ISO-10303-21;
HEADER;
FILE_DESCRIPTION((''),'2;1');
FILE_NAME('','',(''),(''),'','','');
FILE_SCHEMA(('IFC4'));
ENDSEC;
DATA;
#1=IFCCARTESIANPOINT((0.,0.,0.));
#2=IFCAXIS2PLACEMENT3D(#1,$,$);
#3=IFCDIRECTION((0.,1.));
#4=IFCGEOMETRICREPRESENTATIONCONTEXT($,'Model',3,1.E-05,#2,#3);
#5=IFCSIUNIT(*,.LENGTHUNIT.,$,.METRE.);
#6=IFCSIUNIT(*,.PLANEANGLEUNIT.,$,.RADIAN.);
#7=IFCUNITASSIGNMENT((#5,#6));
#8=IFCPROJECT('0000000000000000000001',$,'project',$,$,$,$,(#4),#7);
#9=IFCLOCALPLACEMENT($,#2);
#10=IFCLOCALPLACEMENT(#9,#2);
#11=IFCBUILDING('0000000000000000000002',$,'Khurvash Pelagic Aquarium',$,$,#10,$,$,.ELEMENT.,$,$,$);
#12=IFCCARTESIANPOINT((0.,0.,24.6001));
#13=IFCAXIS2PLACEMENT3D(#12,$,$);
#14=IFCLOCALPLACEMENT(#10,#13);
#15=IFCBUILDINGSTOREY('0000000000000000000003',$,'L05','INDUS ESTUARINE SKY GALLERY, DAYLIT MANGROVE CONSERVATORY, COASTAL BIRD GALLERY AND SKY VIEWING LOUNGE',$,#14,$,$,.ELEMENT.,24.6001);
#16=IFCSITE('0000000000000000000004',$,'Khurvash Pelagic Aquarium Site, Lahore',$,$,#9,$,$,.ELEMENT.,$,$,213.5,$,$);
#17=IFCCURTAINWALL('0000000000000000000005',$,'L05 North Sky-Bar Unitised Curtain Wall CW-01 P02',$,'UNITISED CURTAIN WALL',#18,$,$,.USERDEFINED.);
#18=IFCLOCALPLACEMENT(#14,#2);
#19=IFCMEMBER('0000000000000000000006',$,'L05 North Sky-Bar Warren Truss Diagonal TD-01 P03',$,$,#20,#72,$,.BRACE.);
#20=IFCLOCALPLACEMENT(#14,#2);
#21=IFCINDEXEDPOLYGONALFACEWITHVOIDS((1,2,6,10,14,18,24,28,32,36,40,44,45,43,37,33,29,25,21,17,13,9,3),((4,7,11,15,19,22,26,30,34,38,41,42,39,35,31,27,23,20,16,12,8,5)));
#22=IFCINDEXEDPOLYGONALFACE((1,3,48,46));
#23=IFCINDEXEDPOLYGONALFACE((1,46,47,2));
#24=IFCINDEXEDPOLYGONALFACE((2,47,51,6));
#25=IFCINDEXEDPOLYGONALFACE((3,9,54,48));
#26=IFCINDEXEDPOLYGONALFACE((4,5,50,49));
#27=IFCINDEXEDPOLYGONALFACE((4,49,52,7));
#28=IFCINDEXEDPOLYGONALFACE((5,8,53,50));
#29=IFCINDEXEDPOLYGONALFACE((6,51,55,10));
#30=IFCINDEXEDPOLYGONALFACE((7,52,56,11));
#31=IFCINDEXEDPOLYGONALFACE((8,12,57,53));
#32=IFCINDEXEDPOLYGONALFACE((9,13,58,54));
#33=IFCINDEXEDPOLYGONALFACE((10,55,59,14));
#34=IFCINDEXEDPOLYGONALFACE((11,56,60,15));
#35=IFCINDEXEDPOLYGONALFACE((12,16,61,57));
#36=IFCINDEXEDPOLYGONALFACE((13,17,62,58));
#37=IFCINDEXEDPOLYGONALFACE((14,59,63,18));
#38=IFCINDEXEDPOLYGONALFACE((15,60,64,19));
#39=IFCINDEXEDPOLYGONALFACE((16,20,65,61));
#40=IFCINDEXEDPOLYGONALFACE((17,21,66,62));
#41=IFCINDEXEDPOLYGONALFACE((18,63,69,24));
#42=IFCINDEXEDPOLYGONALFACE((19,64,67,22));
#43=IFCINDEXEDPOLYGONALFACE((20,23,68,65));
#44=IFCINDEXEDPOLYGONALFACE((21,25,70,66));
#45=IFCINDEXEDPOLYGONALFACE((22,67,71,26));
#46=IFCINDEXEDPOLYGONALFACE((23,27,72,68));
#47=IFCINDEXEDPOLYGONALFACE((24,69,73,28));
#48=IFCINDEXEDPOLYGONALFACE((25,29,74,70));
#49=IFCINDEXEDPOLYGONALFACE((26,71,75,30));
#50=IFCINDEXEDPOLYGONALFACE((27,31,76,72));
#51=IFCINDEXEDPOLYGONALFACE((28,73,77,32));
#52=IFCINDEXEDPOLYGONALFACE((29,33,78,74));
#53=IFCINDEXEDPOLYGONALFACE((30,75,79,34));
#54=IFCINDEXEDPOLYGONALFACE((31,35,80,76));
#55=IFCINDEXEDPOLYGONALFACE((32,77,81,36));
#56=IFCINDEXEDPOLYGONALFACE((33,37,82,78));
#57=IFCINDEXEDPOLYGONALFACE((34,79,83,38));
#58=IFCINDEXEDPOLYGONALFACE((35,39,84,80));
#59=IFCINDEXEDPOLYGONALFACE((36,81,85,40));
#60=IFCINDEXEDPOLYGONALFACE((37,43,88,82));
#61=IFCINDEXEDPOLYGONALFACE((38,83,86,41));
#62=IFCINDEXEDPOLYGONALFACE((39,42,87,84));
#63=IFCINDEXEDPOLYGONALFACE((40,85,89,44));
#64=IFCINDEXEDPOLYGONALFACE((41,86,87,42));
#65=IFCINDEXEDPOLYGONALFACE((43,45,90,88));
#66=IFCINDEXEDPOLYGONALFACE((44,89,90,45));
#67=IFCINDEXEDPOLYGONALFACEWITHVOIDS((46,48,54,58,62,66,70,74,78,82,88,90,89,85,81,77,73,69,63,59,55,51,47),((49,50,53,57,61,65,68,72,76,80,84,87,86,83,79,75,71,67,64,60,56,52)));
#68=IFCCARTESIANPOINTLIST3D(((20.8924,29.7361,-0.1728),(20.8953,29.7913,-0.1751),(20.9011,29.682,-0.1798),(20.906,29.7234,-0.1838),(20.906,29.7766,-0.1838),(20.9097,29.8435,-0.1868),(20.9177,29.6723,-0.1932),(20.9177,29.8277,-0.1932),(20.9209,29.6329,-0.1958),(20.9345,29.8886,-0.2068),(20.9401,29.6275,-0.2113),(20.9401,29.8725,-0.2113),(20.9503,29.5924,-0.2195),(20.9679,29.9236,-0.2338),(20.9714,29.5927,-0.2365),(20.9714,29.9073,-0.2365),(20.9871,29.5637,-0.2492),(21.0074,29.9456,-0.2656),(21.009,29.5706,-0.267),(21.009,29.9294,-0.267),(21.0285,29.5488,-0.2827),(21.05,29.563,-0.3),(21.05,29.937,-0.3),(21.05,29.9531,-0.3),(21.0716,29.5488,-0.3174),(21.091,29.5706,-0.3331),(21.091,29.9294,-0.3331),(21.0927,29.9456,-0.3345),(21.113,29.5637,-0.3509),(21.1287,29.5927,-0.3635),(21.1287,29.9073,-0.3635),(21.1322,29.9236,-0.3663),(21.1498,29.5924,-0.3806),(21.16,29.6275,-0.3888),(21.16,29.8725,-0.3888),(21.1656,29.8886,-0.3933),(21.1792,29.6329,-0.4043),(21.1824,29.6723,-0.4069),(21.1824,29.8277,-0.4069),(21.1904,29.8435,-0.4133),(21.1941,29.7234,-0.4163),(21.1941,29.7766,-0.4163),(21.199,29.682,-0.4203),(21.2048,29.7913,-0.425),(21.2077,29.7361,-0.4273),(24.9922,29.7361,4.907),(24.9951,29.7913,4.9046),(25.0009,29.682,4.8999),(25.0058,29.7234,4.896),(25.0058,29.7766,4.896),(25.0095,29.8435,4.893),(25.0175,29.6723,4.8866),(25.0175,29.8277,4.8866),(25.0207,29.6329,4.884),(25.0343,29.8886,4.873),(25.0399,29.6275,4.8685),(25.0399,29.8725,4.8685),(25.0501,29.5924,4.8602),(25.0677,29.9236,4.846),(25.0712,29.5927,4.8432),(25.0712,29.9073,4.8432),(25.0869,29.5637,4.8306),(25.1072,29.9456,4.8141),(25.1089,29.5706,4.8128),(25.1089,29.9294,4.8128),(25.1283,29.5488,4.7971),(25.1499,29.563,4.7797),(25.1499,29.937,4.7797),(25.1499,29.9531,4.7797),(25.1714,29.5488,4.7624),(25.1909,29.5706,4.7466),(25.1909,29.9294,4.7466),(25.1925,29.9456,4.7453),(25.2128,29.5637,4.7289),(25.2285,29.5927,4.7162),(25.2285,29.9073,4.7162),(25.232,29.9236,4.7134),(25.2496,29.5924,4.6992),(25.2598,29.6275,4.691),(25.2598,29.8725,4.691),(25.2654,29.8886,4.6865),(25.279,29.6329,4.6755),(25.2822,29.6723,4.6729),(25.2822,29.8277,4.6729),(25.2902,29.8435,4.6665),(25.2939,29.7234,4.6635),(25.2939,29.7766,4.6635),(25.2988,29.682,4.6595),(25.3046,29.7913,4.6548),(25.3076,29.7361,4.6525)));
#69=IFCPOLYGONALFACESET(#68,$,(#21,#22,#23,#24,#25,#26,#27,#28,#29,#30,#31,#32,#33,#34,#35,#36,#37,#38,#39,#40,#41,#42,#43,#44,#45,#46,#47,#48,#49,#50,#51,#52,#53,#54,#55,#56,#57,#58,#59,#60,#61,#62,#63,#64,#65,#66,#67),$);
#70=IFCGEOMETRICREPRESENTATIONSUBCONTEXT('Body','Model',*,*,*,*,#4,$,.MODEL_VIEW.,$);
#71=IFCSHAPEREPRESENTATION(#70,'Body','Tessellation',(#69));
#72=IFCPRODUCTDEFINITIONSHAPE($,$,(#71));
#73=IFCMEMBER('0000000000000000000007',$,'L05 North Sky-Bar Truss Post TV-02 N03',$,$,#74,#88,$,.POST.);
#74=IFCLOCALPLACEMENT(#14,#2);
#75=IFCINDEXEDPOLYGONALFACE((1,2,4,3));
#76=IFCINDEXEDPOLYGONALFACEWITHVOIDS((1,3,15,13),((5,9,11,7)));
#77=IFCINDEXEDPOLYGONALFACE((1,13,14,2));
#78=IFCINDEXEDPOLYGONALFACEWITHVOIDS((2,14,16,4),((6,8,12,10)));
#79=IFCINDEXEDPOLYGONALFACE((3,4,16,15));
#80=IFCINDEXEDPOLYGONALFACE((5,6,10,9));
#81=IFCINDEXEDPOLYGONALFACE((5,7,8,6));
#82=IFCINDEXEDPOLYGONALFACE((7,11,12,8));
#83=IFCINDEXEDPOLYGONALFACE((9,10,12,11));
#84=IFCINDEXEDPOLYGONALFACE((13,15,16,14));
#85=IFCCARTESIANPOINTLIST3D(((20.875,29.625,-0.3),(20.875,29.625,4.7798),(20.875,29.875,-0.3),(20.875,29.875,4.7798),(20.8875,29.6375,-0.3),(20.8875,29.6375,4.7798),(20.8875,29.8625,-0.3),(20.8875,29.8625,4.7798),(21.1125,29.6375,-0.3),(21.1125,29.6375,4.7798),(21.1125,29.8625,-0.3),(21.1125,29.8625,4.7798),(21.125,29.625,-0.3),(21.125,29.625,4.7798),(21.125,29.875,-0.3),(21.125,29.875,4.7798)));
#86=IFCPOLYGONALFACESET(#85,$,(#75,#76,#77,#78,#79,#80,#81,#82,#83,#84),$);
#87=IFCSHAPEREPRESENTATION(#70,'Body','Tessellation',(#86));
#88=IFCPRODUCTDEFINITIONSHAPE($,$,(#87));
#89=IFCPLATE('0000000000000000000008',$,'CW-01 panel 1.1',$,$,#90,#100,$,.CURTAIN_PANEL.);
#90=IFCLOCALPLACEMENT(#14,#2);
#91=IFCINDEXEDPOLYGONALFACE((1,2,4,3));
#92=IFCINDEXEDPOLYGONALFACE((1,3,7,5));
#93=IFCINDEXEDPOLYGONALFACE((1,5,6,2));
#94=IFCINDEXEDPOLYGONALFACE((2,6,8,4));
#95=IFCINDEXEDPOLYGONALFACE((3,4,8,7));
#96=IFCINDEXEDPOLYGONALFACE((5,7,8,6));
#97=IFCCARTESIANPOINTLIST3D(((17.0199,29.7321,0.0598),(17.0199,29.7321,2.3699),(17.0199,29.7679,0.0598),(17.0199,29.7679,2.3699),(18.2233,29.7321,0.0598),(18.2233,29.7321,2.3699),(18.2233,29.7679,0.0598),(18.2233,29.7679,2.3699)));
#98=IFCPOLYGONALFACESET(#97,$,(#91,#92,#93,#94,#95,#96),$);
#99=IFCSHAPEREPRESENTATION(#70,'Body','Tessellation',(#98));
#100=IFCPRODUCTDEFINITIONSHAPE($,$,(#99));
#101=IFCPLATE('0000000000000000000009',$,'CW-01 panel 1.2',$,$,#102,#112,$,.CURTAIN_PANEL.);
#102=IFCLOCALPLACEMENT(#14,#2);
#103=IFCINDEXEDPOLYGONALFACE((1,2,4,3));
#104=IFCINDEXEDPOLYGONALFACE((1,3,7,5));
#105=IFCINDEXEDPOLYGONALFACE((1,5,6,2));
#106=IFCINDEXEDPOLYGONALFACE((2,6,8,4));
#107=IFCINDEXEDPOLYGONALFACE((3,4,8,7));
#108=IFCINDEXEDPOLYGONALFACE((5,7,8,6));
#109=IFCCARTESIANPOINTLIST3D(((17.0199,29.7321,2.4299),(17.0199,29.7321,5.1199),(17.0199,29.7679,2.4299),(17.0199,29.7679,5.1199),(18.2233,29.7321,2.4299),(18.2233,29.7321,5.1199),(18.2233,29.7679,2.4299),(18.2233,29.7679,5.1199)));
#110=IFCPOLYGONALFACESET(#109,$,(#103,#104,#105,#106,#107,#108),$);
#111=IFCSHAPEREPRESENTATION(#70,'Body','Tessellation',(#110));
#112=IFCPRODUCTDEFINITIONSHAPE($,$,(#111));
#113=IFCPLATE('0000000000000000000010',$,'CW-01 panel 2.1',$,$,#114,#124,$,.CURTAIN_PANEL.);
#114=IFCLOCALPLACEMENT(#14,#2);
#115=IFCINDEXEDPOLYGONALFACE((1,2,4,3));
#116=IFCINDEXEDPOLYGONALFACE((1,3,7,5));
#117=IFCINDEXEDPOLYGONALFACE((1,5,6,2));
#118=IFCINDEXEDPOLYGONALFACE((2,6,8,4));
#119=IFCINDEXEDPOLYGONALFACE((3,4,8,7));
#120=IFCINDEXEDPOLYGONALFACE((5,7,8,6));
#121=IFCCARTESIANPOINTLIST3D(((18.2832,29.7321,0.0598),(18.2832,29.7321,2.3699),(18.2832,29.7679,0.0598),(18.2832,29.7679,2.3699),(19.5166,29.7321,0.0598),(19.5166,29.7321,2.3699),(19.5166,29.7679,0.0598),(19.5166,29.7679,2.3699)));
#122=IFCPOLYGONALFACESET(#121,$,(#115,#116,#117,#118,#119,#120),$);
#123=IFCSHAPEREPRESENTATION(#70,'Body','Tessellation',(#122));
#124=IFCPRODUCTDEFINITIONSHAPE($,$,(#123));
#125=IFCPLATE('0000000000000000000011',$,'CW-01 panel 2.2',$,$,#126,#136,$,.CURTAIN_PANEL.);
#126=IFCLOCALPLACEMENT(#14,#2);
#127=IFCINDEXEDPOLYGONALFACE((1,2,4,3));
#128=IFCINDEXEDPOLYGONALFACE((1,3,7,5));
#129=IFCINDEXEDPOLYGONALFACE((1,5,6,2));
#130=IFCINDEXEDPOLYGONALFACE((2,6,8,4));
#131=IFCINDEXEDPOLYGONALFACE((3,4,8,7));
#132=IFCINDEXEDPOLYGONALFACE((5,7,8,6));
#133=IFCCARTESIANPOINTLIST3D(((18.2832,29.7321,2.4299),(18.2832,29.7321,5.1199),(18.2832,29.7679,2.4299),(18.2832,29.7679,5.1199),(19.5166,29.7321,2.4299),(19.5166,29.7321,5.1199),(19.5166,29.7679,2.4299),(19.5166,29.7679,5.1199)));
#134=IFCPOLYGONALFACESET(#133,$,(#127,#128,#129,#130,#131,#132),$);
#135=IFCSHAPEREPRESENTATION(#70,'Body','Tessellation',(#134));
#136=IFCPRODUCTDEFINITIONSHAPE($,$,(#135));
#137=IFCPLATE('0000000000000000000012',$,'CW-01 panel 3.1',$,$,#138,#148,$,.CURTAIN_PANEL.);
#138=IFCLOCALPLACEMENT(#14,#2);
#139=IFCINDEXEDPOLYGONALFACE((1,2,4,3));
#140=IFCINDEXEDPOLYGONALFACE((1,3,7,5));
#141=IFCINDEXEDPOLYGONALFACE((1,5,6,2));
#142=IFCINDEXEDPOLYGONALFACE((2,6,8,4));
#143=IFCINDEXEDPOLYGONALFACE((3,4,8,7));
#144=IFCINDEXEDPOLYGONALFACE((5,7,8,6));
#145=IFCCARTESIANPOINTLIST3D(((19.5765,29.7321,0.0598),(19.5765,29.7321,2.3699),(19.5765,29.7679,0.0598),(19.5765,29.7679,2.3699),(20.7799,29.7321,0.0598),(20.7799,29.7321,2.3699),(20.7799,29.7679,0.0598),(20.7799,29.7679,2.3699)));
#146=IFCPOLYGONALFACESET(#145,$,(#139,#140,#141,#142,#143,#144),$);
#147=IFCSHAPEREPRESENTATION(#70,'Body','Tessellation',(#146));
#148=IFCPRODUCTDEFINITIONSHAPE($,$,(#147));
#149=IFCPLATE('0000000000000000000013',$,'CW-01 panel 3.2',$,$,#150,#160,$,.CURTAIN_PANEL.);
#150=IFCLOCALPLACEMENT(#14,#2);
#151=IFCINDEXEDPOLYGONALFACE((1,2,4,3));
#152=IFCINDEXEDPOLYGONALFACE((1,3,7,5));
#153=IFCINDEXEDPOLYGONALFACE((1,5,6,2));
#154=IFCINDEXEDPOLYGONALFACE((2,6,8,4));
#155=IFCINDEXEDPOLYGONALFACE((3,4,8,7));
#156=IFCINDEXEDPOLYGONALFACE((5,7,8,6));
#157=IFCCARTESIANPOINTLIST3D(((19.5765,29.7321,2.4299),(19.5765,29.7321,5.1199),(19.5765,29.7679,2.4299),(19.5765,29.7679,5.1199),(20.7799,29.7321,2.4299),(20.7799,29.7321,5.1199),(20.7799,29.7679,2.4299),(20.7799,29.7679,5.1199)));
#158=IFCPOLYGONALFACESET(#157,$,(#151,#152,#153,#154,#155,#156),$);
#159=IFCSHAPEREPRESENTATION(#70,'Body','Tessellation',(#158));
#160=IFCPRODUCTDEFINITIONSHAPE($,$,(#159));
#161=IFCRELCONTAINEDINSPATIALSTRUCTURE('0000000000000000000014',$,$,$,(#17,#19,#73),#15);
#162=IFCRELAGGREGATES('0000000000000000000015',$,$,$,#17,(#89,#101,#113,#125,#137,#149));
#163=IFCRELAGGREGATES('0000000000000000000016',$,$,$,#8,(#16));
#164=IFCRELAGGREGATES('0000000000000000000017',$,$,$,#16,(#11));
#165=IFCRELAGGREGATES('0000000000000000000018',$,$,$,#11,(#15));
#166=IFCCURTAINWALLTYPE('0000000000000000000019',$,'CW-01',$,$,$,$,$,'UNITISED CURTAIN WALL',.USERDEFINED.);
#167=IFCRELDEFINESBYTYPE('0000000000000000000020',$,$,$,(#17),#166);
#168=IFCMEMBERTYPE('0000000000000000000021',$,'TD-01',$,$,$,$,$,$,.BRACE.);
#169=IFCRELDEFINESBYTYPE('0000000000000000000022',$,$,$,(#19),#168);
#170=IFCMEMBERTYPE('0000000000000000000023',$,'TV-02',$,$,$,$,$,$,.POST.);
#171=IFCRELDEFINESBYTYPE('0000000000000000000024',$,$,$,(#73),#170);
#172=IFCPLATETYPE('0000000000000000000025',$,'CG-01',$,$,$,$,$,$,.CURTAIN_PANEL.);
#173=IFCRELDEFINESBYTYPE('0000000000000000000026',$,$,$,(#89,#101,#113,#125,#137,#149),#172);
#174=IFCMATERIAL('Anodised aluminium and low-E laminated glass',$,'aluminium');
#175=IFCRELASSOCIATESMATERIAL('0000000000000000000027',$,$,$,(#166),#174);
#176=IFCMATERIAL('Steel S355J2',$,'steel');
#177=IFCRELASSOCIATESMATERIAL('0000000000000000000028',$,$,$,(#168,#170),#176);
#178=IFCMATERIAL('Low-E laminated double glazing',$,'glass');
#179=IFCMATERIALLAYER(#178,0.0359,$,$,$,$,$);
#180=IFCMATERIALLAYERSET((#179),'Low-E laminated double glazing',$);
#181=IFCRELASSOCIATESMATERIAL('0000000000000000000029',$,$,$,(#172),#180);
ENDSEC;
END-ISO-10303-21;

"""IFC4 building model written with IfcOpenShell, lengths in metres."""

from ifc_helpers import new_model, si_unit, direction, frame, origin, origin_2d, place, context, subcontext, project, spatial, rectangle, hollow_rectangle, hollow_circle, extrude, material, layer, layer_set, material_profile, profile_set, type_object, element, aggregate, save


model = new_model("IFC4")

# Units and contexts
model_context = context("Model", 3, precision=1e-05, world=origin(), true_north=direction((0.0, 1.0)))
body_context = subcontext(model_context, "Body", "Model", "MODEL_VIEW")
ifc_project = project(units=[si_unit("LENGTHUNIT", "METRE"), si_unit("PLANEANGLEUNIT", "RADIAN")], contexts=[model_context])

# Site, building, storey
site_placement = place(None, origin())
site = spatial("IfcSite", under=ifc_project, at=site_placement, Name="Khurvash Pelagic Aquarium Site, Lahore", CompositionType="ELEMENT", RefElevation=213.5)
building_placement = place(site_placement, origin())
building = spatial("IfcBuilding", under=site, at=building_placement, Name="Khurvash Pelagic Aquarium", CompositionType="ELEMENT")
storey_placement = place(building_placement, frame((0.0, 0.0, 24.6001)))
storey = spatial("IfcBuildingStorey", under=building, at=storey_placement, Name="L05", Description="INDUS ESTUARINE SKY GALLERY, DAYLIT MANGROVE CONSERVATORY, COASTAL BIRD GALLERY AND SKY VIEWING LOUNGE", CompositionType="ELEMENT", Elevation=24.6001)

# Curtain wall
ifc_material_1 = material(Name="Anodised aluminium and low-E laminated glass", Category="aluminium")
curtain_wall_type = type_object("IfcCurtainWallType", Name="CW-01", ElementType="UNITISED CURTAIN WALL", PredefinedType="USERDEFINED", material=ifc_material_1)
curtain_wall_1_placement = place(storey_placement, origin())
curtain_wall_1 = element("IfcCurtainWall", 1, at=curtain_wall_1_placement, inside=storey, type_object=curtain_wall_type, Name="L05 North Sky-Bar Unitised Curtain Wall CW-01 P02", ObjectType="UNITISED CURTAIN WALL", PredefinedType="USERDEFINED")

# Members
ifc_material_2 = material(Name="Steel S355J2", Category="steel")
ifc_material_profile_1 = material_profile(ifc_material_2, hollow_circle(Radius=0.2031, WallThickness=0.0161, at=origin_2d()), Name="CHS406X16")
ifc_profile_set_1 = profile_set([ifc_material_profile_1], Name="Steel S355J2")
member_type_1 = type_object("IfcMemberType", Name="TD-01", PredefinedType="BRACE", material=ifc_profile_set_1)
for number, where, z_axis, x_axis, name in (
    (2, (21.05, 29.75, -0.3), (0.628051, 0.0, 0.778172), (0.0, 1.0, 0.0), "L05 North Sky-Bar Warren Truss Diagonal TD-01 P03"),
):
    element("IfcMember", number, at=place(storey_placement, frame(where, z_axis=z_axis, x_axis=x_axis)), inside=storey, type_object=member_type_1, Name=name, PredefinedType="BRACE", context=body_context, shape_type="SweptSolid", body=[
        extrude(hollow_circle(Radius=0.2031, WallThickness=0.0161, at=origin_2d()), origin(), (0.0, 0.0, 1.0), 6.5278),
    ])
ifc_material_profile_2 = material_profile(ifc_material_2, hollow_rectangle(XDim=0.25, YDim=0.25, WallThickness=0.0125, at=origin_2d()), Name="SHS250X250X12")
ifc_profile_set_2 = profile_set([ifc_material_profile_2], Name="Steel S355J2")
member_type_2 = type_object("IfcMemberType", Name="TV-02", PredefinedType="POST", material=ifc_profile_set_2)
member_1_placement = place(storey_placement, frame((21.0, 29.75, -0.3), z_axis=(0.0, 0.0, 1.0), x_axis=(1.0, 0.0, 0.0)))
element("IfcMember", 3, at=member_1_placement, inside=storey, type_object=member_type_2, Name="L05 North Sky-Bar Truss Post TV-02 N03", PredefinedType="POST", context=body_context, shape_type="SweptSolid", body=[
    extrude(hollow_rectangle(XDim=0.25, YDim=0.25, WallThickness=0.0125, at=origin_2d()), origin(), (0.0, 0.0, 1.0), 5.0798),
])

# Plates
ifc_material_3 = material(Name="Low-E laminated double glazing", Category="glass")
ifc_layer = layer(ifc_material_3, 0.0359)
ifc_layer_set = layer_set([ifc_layer], Name="Low-E laminated double glazing")
plate_type = type_object("IfcPlateType", Name="CG-01", PredefinedType="CURTAIN_PANEL", material=ifc_layer_set)
plate_1_placement = place(storey_placement, frame((17.6216, 29.75, 0.0598), z_axis=(0.0, 0.0, 1.0), x_axis=(1.0, 0.0, 0.0)))
plate_1 = element("IfcPlate", 4, at=plate_1_placement, type_object=plate_type, Name="CW-01 panel 1.1", PredefinedType="CURTAIN_PANEL", context=body_context, shape_type="SweptSolid", body=[
    extrude(rectangle(XDim=1.2034, YDim=0.0359, at=origin_2d()), origin(), (0.0, 0.0, 1.0), 2.3101),
])
plate_2_placement = place(storey_placement, frame((17.6216, 29.75, 2.4299), z_axis=(0.0, 0.0, 1.0), x_axis=(1.0, 0.0, 0.0)))
plate_2 = element("IfcPlate", 5, at=plate_2_placement, type_object=plate_type, Name="CW-01 panel 1.2", PredefinedType="CURTAIN_PANEL", context=body_context, shape_type="SweptSolid", body=[
    extrude(rectangle(XDim=1.2034, YDim=0.0359, at=origin_2d()), origin(), (0.0, 0.0, 1.0), 2.6899),
])
plate_3_placement = place(storey_placement, frame((18.8999, 29.75, 0.0598), z_axis=(0.0, 0.0, 1.0), x_axis=(1.0, 0.0, 0.0)))
plate_3 = element("IfcPlate", 6, at=plate_3_placement, type_object=plate_type, Name="CW-01 panel 2.1", PredefinedType="CURTAIN_PANEL", context=body_context, shape_type="SweptSolid", body=[
    extrude(rectangle(XDim=1.2334, YDim=0.0359, at=origin_2d()), origin(), (0.0, 0.0, 1.0), 2.3101),
])
plate_4_placement = place(storey_placement, frame((18.8999, 29.75, 2.4299), z_axis=(0.0, 0.0, 1.0), x_axis=(1.0, 0.0, 0.0)))
plate_4 = element("IfcPlate", 7, at=plate_4_placement, type_object=plate_type, Name="CW-01 panel 2.2", PredefinedType="CURTAIN_PANEL", context=body_context, shape_type="SweptSolid", body=[
    extrude(rectangle(XDim=1.2334, YDim=0.0359, at=origin_2d()), origin(), (0.0, 0.0, 1.0), 2.6899),
])
plate_5_placement = place(storey_placement, frame((20.1782, 29.75, 0.0598), z_axis=(0.0, 0.0, 1.0), x_axis=(1.0, 0.0, 0.0)))
plate_5 = element("IfcPlate", 8, at=plate_5_placement, type_object=plate_type, Name="CW-01 panel 3.1", PredefinedType="CURTAIN_PANEL", context=body_context, shape_type="SweptSolid", body=[
    extrude(rectangle(XDim=1.2034, YDim=0.0359, at=origin_2d()), origin(), (0.0, 0.0, 1.0), 2.3101),
])
plate_6_placement = place(storey_placement, frame((20.1782, 29.75, 2.4299), z_axis=(0.0, 0.0, 1.0), x_axis=(1.0, 0.0, 0.0)))
plate_6 = element("IfcPlate", 9, at=plate_6_placement, type_object=plate_type, Name="CW-01 panel 3.2", PredefinedType="CURTAIN_PANEL", context=body_context, shape_type="SweptSolid", body=[
    extrude(rectangle(XDim=1.2034, YDim=0.0359, at=origin_2d()), origin(), (0.0, 0.0, 1.0), 2.6899),
])
aggregate(curtain_wall_1, [plate_1, plate_2, plate_3, plate_4, plate_5, plate_6])

save(model, "model.ifc")
